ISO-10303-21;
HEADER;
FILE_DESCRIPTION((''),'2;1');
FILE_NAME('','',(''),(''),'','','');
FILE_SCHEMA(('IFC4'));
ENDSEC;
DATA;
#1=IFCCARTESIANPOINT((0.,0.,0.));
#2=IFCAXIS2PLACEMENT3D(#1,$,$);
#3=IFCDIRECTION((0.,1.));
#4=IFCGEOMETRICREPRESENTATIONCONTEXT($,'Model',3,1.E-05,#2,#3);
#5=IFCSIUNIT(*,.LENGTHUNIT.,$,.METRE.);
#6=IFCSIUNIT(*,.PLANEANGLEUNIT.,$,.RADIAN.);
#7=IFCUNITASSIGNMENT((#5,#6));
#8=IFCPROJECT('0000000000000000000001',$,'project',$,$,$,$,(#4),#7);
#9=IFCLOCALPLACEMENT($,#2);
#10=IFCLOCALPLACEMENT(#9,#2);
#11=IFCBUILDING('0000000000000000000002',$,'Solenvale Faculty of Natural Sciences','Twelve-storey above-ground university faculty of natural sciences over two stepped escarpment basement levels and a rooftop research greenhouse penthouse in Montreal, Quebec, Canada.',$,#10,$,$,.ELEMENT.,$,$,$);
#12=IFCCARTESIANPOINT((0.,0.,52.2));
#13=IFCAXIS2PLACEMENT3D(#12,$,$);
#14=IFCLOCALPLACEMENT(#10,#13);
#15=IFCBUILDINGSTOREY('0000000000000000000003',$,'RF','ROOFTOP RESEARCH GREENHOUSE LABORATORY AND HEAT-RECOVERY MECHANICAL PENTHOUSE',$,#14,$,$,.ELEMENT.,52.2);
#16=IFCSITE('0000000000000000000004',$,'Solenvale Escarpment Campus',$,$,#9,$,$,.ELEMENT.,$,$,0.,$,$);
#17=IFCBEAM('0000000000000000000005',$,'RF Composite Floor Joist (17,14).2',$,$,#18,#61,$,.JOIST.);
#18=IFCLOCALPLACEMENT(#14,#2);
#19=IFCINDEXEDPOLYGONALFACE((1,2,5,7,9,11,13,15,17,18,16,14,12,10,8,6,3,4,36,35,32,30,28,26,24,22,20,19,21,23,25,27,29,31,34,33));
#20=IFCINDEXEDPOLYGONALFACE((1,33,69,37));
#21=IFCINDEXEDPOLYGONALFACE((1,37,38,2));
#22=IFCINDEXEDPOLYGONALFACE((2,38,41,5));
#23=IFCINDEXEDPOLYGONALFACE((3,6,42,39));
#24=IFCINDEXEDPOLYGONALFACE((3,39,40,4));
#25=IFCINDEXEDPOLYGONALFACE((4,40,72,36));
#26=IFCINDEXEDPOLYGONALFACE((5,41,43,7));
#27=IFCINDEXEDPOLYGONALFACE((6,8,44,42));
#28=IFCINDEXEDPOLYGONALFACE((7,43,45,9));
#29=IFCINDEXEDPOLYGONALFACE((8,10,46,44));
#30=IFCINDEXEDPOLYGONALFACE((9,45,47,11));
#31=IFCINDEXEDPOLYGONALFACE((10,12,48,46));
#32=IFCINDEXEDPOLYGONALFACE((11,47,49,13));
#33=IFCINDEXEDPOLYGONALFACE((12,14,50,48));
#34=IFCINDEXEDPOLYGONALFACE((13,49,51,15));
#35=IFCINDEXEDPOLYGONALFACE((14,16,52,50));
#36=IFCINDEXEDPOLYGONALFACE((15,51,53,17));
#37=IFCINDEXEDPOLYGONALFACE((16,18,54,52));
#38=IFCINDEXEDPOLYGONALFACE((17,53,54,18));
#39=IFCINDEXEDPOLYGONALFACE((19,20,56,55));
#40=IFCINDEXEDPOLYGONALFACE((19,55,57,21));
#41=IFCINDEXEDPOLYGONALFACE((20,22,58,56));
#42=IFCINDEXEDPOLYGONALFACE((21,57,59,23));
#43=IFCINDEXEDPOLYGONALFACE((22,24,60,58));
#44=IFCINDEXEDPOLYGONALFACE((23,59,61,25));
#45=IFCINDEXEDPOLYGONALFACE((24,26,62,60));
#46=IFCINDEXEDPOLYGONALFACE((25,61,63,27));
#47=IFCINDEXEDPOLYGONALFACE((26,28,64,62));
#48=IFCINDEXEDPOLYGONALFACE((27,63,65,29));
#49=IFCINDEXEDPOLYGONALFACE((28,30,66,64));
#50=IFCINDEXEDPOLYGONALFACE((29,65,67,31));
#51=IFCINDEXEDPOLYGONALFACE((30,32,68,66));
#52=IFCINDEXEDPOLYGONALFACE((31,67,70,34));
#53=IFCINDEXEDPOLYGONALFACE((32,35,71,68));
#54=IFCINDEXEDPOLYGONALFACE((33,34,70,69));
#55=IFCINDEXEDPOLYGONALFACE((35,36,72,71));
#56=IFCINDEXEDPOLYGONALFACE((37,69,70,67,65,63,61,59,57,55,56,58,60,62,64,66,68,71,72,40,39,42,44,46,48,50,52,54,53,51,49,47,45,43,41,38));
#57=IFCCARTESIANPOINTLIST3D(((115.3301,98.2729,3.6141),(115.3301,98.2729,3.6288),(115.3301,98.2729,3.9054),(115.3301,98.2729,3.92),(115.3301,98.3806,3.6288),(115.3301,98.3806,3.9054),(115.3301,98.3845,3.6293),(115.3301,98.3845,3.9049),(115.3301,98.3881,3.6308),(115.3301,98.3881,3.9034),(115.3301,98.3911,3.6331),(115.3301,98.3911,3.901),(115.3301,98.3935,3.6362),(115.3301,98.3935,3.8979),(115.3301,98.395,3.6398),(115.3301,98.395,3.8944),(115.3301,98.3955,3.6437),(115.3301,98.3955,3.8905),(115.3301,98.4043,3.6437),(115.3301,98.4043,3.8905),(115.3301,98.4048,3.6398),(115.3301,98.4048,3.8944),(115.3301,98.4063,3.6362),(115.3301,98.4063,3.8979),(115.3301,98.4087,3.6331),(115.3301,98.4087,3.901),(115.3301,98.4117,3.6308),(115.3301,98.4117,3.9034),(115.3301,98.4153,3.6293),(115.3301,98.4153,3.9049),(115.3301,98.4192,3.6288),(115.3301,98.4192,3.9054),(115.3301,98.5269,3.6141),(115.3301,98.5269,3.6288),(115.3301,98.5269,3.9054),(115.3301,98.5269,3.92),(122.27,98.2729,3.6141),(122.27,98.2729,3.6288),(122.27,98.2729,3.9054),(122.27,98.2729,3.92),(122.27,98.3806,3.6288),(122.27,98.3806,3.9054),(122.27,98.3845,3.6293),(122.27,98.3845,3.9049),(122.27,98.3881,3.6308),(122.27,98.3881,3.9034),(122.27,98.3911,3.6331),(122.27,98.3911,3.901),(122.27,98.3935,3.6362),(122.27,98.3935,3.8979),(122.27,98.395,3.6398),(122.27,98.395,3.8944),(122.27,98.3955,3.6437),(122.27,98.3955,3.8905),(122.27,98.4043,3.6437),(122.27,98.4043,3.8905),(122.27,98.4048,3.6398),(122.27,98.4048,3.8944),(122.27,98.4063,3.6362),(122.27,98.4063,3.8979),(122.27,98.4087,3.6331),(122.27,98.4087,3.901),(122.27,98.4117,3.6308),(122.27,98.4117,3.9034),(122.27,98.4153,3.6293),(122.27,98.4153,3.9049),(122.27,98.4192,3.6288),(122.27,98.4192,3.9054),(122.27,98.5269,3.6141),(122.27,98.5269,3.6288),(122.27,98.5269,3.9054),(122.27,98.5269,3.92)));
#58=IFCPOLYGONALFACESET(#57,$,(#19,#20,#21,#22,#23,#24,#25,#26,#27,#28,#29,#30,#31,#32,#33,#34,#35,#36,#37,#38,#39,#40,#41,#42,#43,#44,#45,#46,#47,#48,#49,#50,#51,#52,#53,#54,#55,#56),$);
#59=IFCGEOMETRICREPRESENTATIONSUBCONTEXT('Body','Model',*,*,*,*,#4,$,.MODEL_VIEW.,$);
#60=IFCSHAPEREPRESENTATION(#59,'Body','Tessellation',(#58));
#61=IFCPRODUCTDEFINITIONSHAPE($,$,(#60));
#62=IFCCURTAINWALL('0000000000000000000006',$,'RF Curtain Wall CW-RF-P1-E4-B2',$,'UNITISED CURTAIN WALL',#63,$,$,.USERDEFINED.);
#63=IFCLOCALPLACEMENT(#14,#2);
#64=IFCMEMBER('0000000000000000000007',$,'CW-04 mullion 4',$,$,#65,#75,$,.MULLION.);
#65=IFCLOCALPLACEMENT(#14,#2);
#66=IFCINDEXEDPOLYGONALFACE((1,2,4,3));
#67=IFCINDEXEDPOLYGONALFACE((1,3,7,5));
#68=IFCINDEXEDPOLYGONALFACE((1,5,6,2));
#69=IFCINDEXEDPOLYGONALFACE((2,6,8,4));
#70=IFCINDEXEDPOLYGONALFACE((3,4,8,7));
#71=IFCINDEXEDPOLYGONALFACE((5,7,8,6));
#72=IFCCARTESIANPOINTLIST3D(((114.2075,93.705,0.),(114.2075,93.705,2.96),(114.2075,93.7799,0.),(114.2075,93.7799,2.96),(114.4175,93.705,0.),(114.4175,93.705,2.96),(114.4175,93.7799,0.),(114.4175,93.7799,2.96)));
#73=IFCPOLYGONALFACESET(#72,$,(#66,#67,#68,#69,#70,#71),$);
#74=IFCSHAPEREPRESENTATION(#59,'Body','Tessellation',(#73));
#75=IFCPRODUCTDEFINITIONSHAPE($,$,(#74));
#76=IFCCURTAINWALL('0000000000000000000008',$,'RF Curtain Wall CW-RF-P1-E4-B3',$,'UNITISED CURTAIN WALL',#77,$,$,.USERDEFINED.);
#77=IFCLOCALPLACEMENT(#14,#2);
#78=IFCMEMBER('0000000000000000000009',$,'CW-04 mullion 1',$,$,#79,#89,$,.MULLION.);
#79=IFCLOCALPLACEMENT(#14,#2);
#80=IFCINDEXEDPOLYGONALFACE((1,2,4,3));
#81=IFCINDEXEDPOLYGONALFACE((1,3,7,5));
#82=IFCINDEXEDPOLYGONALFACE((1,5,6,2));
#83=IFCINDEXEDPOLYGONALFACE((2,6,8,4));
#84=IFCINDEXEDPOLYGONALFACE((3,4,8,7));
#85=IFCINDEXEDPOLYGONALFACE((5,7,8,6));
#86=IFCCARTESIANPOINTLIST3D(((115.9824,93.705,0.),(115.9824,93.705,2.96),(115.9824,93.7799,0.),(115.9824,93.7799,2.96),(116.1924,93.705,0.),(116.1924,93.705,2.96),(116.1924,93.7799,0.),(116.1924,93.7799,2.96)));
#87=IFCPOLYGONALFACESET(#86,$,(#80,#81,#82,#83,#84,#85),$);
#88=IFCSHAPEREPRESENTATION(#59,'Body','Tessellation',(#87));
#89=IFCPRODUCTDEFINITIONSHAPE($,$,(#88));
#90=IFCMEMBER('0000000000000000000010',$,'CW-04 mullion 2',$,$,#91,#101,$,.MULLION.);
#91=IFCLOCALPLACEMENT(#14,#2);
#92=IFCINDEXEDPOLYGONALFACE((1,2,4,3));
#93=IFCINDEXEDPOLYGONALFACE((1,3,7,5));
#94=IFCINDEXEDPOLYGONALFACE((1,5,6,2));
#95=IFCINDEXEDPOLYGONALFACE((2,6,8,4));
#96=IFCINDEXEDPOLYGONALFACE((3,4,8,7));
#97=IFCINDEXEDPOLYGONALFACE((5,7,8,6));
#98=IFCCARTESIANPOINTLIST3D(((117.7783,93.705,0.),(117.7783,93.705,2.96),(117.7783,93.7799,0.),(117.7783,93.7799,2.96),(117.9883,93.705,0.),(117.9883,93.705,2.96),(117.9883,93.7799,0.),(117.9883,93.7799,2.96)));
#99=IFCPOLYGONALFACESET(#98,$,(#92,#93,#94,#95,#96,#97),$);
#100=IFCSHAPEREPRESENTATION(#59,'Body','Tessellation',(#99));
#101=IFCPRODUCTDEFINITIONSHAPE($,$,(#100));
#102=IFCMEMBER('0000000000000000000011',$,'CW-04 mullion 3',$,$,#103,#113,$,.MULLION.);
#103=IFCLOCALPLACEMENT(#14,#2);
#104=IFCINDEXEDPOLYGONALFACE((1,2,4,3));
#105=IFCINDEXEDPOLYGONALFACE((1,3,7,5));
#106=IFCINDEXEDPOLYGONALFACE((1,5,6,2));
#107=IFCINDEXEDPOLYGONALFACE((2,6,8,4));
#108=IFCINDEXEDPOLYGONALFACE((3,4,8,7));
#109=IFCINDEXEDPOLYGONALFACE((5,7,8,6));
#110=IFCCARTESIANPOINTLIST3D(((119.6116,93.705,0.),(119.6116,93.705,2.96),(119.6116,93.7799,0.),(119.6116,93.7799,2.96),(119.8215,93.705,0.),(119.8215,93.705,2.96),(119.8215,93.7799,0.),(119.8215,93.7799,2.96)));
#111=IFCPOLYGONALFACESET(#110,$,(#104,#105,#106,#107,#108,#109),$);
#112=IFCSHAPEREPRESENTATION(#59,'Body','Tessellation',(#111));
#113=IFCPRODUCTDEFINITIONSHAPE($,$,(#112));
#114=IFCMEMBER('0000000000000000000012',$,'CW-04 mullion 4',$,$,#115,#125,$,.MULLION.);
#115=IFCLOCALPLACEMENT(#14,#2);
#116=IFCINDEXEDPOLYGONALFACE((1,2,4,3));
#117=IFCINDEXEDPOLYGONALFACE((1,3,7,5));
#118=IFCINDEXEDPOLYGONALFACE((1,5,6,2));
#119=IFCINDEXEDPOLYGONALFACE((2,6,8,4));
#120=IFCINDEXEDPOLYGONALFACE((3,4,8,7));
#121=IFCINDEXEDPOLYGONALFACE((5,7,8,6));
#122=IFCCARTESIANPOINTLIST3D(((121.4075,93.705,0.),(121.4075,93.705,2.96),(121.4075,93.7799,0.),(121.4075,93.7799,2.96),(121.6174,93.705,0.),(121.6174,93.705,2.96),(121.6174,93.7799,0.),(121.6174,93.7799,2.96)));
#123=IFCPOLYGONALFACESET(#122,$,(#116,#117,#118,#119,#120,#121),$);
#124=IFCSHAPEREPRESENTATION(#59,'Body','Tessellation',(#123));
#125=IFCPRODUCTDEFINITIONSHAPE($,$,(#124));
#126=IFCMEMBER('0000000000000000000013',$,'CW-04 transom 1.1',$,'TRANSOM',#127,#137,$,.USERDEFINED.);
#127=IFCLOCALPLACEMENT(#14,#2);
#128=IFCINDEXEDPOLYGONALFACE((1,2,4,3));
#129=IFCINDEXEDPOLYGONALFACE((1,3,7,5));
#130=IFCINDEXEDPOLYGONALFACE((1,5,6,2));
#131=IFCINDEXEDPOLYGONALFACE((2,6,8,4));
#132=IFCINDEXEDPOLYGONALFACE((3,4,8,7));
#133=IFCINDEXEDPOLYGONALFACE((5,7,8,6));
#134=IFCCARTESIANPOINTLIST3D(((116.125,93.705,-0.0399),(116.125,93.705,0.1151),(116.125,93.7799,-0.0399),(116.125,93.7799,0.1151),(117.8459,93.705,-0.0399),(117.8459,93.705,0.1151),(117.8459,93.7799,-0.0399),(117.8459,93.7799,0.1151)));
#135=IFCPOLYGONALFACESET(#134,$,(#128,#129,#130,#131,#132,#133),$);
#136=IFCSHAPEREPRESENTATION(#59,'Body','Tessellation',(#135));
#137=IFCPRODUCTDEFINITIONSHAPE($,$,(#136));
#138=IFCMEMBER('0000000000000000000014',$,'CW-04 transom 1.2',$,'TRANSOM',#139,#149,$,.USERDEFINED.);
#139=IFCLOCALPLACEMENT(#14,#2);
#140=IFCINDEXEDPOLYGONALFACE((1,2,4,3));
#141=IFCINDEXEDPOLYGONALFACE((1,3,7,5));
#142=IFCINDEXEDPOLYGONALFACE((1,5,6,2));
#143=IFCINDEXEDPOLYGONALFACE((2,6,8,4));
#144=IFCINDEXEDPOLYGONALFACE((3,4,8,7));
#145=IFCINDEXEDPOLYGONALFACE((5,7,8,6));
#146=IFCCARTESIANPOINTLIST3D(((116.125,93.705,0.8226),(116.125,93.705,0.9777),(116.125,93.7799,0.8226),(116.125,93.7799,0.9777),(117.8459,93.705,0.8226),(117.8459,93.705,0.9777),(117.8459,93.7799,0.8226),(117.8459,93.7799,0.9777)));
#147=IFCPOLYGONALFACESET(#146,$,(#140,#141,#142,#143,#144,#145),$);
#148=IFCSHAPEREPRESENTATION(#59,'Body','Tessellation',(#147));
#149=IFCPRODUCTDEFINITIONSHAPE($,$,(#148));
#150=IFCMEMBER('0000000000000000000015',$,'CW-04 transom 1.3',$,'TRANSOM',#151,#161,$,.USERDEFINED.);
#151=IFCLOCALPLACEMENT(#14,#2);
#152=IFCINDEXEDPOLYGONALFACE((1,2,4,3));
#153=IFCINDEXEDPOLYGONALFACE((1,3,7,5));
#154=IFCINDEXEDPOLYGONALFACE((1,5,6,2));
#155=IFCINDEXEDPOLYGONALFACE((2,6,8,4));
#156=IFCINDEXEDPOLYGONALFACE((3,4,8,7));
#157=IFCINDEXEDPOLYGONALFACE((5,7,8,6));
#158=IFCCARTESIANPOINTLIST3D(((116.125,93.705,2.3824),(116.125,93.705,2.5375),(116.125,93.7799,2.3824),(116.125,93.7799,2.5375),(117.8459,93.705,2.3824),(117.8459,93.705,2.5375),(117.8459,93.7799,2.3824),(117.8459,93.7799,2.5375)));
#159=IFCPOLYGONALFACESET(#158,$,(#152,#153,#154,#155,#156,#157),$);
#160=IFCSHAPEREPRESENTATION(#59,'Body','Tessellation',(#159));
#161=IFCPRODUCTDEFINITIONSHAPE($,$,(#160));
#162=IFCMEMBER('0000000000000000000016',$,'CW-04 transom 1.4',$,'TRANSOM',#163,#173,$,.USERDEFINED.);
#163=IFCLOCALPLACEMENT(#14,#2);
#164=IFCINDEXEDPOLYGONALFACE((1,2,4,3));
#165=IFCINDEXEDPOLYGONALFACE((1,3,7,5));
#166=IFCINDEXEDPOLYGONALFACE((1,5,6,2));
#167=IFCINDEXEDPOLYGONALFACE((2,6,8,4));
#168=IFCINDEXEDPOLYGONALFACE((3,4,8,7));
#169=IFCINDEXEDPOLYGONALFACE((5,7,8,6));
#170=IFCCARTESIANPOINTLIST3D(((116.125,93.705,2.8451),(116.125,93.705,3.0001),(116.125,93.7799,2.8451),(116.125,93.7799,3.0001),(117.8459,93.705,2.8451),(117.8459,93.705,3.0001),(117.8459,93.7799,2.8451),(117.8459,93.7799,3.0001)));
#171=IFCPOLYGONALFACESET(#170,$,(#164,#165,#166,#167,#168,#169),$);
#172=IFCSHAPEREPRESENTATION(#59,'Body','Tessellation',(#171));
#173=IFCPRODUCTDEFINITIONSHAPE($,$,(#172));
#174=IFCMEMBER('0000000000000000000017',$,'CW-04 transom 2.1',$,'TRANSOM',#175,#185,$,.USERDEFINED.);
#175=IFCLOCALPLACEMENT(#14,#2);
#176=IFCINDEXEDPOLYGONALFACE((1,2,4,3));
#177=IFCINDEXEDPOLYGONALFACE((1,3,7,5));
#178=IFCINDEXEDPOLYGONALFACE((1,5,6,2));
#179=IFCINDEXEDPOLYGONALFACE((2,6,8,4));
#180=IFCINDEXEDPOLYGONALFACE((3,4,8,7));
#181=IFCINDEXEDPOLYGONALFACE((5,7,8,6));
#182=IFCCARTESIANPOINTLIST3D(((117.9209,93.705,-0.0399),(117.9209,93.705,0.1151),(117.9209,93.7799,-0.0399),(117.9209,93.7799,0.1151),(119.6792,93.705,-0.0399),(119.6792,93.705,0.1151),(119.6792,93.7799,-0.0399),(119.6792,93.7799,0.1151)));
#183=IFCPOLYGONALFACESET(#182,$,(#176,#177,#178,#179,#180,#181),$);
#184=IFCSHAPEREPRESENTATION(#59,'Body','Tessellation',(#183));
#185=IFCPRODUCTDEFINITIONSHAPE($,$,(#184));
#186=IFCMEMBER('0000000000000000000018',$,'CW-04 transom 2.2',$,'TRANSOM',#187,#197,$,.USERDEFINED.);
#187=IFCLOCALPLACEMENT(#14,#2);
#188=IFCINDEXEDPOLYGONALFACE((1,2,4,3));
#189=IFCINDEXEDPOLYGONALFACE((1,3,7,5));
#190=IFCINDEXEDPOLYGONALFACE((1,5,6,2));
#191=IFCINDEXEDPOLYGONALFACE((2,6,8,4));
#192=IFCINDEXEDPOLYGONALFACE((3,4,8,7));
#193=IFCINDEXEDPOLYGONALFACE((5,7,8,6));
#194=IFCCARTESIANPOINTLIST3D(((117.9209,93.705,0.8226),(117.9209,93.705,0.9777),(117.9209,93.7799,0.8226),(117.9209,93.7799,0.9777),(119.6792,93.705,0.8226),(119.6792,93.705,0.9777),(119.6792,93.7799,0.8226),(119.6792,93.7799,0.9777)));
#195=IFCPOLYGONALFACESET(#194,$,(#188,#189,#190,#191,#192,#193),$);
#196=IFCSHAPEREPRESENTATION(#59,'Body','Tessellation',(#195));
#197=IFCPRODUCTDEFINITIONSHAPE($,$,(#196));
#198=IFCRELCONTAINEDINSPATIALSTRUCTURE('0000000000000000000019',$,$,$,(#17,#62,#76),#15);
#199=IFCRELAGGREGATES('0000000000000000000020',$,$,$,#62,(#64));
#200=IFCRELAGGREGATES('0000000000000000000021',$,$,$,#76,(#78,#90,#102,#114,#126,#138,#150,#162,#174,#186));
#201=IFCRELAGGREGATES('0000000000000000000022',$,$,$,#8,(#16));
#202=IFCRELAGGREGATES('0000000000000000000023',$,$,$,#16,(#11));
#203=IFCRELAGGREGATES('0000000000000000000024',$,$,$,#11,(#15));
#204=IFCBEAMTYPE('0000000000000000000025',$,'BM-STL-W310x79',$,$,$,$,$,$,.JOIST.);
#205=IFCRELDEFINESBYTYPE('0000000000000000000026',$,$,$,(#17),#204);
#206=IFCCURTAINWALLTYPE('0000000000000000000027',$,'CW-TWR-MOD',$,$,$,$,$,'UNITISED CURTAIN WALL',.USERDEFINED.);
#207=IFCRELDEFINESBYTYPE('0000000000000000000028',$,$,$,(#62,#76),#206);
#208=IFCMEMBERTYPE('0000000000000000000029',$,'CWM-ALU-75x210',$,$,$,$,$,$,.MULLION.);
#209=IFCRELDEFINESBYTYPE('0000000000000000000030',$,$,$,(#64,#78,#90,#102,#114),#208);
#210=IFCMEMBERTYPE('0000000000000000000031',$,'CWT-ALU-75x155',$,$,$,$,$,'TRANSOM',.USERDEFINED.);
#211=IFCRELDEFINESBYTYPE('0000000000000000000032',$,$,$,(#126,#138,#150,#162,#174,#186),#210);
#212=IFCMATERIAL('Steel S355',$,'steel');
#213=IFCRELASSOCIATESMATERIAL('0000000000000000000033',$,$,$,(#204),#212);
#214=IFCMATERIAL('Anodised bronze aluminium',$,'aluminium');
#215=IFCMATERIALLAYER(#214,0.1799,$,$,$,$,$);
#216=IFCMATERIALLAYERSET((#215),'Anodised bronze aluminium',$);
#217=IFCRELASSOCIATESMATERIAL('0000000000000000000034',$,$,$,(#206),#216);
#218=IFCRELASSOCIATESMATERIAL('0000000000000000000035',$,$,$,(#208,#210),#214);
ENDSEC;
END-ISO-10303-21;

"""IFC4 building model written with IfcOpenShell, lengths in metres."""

from ifc_helpers import new_model, si_unit, direction, frame, origin, origin_2d, place, context, subcontext, project, spatial, rectangle, i_section, extrude, material, layer, layer_set, material_profile, profile_set, type_object, element, aggregate, save


model = new_model("IFC4")

# Units and contexts
model_context = context("Model", 3, precision=1e-05, world=origin(), true_north=direction((0.0, 1.0)))
body_context = subcontext(model_context, "Body", "Model", "MODEL_VIEW")
ifc_project = project(units=[si_unit("LENGTHUNIT", "METRE"), si_unit("PLANEANGLEUNIT", "RADIAN")], contexts=[model_context])

# Site, building, storey
site_placement = place(None, origin())
site = spatial("IfcSite", under=ifc_project, at=site_placement, Name="Solenvale Escarpment Campus", CompositionType="ELEMENT", RefElevation=0.0)
building_placement = place(site_placement, origin())
building = spatial("IfcBuilding", under=site, at=building_placement, Name="Solenvale Faculty of Natural Sciences", Description="Twelve-storey above-ground university faculty of natural sciences over two stepped escarpment basement levels and a rooftop research greenhouse penthouse in Montreal, Quebec, Canada.", CompositionType="ELEMENT")
storey_placement = place(building_placement, frame((0.0, 0.0, 52.2)))
storey = spatial("IfcBuildingStorey", under=building, at=storey_placement, Name="RF", Description="ROOFTOP RESEARCH GREENHOUSE LABORATORY AND HEAT-RECOVERY MECHANICAL PENTHOUSE", CompositionType="ELEMENT", Elevation=52.2)

# Beam
ifc_material_1 = material(Name="Steel S355", Category="steel")
ifc_material_profile_1 = material_profile(ifc_material_1, i_section(OverallWidth=0.2539, OverallDepth=0.3059, WebThickness=0.0088, FlangeThickness=0.0146, FilletRadius=0.0149, at=origin_2d()), Name="W310x79")
ifc_profile_set_1 = profile_set([ifc_material_profile_1], Name="Steel S355")
beam_type_1 = type_object("IfcBeamType", Name="BM-STL-W310x79", PredefinedType="JOIST", material=ifc_profile_set_1)
for number, where, z_axis, x_axis, name in (
    (1, (115.3301, 98.3999, 3.7671), (1.0, 0.0, 0.0), (0.0, 1.0, 0.0), "RF Composite Floor Joist (17,14).2"),
):
    element("IfcBeam", number, at=place(storey_placement, frame(where, z_axis=z_axis, x_axis=x_axis)), inside=storey, type_object=beam_type_1, Name=name, PredefinedType="JOIST", context=body_context, shape_type="SweptSolid", body=[
        extrude(i_section(OverallWidth=0.2539, OverallDepth=0.3059, WebThickness=0.0088, FlangeThickness=0.0146, FilletRadius=0.0149, at=origin_2d()), origin(), (0.0, 0.0, 1.0), 6.9399),
    ])

# Curtain wall, member
ifc_material_2 = material(Name="Anodised bronze aluminium", Category="aluminium")
ifc_layer_1 = layer(ifc_material_2, 0.1799)
ifc_layer_set_1 = layer_set([ifc_layer_1], Name="Anodised bronze aluminium")
curtain_wall_type = type_object("IfcCurtainWallType", Name="CW-TWR-MOD", ElementType="UNITISED CURTAIN WALL", PredefinedType="USERDEFINED", material=ifc_layer_set_1)
curtain_wall_1_placement = place(storey_placement, origin())
curtain_wall_1 = element("IfcCurtainWall", 2, at=curtain_wall_1_placement, inside=storey, type_object=curtain_wall_type, Name="RF Curtain Wall CW-RF-P1-E4-B2", ObjectType="UNITISED CURTAIN WALL", PredefinedType="USERDEFINED")
ifc_material_profile_2 = material_profile(ifc_material_2, rectangle(XDim=0.075, YDim=0.21, at=origin_2d()), Name="ALU-MUL-75x210")
ifc_profile_set_2 = profile_set([ifc_material_profile_2], Name="Anodised bronze aluminium")
member_type_1 = type_object("IfcMemberType", Name="CWM-ALU-75x210", PredefinedType="MULLION", material=ifc_profile_set_2)
member_1_placement = place(storey_placement, frame((114.3125, 93.7424, 0.0), z_axis=(0.0, 0.0, 1.0), x_axis=(0.0, 1.0, 0.0)))
member_1 = element("IfcMember", 3, at=member_1_placement, type_object=member_type_1, Name="CW-04 mullion 4", PredefinedType="MULLION", context=body_context, shape_type="SweptSolid", body=[
    extrude(rectangle(XDim=0.075, YDim=0.21, at=origin_2d()), origin(), (0.0, 0.0, 1.0), 2.96),
])

# Curtain wall, members
curtain_wall_2_placement = place(storey_placement, origin())
curtain_wall_2 = element("IfcCurtainWall", 4, at=curtain_wall_2_placement, inside=storey, type_object=curtain_wall_type, Name="RF Curtain Wall CW-RF-P1-E4-B3", ObjectType="UNITISED CURTAIN WALL", PredefinedType="USERDEFINED")
member_2_placement = place(storey_placement, frame((116.0874, 93.7424, 0.0), z_axis=(0.0, 0.0, 1.0), x_axis=(0.0, 1.0, 0.0)))
member_2 = element("IfcMember", 5, at=member_2_placement, type_object=member_type_1, Name="CW-04 mullion 1", PredefinedType="MULLION", context=body_context, shape_type="SweptSolid", body=[
    extrude(rectangle(XDim=0.075, YDim=0.21, at=origin_2d()), origin(), (0.0, 0.0, 1.0), 2.96),
])
member_3_placement = place(storey_placement, frame((117.8833, 93.7424, 0.0), z_axis=(0.0, 0.0, 1.0), x_axis=(0.0, 1.0, 0.0)))
member_3 = element("IfcMember", 6, at=member_3_placement, type_object=member_type_1, Name="CW-04 mullion 2", PredefinedType="MULLION", context=body_context, shape_type="SweptSolid", body=[
    extrude(rectangle(XDim=0.075, YDim=0.21, at=origin_2d()), origin(), (0.0, 0.0, 1.0), 2.96),
])
member_4_placement = place(storey_placement, frame((119.7166, 93.7424, 0.0), z_axis=(0.0, 0.0, 1.0), x_axis=(0.0, 1.0, 0.0)))
member_4 = element("IfcMember", 7, at=member_4_placement, type_object=member_type_1, Name="CW-04 mullion 3", PredefinedType="MULLION", context=body_context, shape_type="SweptSolid", body=[
    extrude(rectangle(XDim=0.075, YDim=0.21, at=origin_2d()), origin(), (0.0, 0.0, 1.0), 2.96),
])
member_5_placement = place(storey_placement, frame((121.5125, 93.7424, 0.0), z_axis=(0.0, 0.0, 1.0), x_axis=(0.0, 1.0, 0.0)))
member_5 = element("IfcMember", 8, at=member_5_placement, type_object=member_type_1, Name="CW-04 mullion 4", PredefinedType="MULLION", context=body_context, shape_type="SweptSolid", body=[
    extrude(rectangle(XDim=0.075, YDim=0.21, at=origin_2d()), origin(), (0.0, 0.0, 1.0), 2.96),
])
ifc_material_profile_3 = material_profile(ifc_material_2, rectangle(XDim=0.075, YDim=0.155, at=origin_2d()), Name="ALU-TRN-75x155")
ifc_profile_set_3 = profile_set([ifc_material_profile_3], Name="Anodised bronze aluminium")
member_type_2 = type_object("IfcMemberType", Name="CWT-ALU-75x155", ElementType="TRANSOM", PredefinedType="USERDEFINED", material=ifc_profile_set_3)
member_6_placement = place(storey_placement, frame((116.125, 93.7424, 0.0376), z_axis=(1.0, 0.0, 0.0), x_axis=(0.0, 1.0, 0.0)))
member_6 = element("IfcMember", 9, at=member_6_placement, type_object=member_type_2, Name="CW-04 transom 1.1", ObjectType="TRANSOM", PredefinedType="USERDEFINED", context=body_context, shape_type="SweptSolid", body=[
    extrude(rectangle(XDim=0.075, YDim=0.155, at=origin_2d()), origin(), (0.0, 0.0, 1.0), 1.7209),
])
member_7_placement = place(storey_placement, frame((116.125, 93.7424, 0.9001), z_axis=(1.0, 0.0, 0.0), x_axis=(0.0, 1.0, 0.0)))
member_7 = element("IfcMember", 10, at=member_7_placement, type_object=member_type_2, Name="CW-04 transom 1.2", ObjectType="TRANSOM", PredefinedType="USERDEFINED", context=body_context, shape_type="SweptSolid", body=[
    extrude(rectangle(XDim=0.075, YDim=0.155, at=origin_2d()), origin(), (0.0, 0.0, 1.0), 1.7209),
])
member_8_placement = place(storey_placement, frame((116.125, 93.7424, 2.46), z_axis=(1.0, 0.0, 0.0), x_axis=(0.0, 1.0, 0.0)))
member_8 = element("IfcMember", 11, at=member_8_placement, type_object=member_type_2, Name="CW-04 transom 1.3", ObjectType="TRANSOM", PredefinedType="USERDEFINED", context=body_context, shape_type="SweptSolid", body=[
    extrude(rectangle(XDim=0.075, YDim=0.155, at=origin_2d()), origin(), (0.0, 0.0, 1.0), 1.7209),
])
member_9_placement = place(storey_placement, frame((116.125, 93.7424, 2.9226), z_axis=(1.0, 0.0, 0.0), x_axis=(0.0, 1.0, 0.0)))
member_9 = element("IfcMember", 12, at=member_9_placement, type_object=member_type_2, Name="CW-04 transom 1.4", ObjectType="TRANSOM", PredefinedType="USERDEFINED", context=body_context, shape_type="SweptSolid", body=[
    extrude(rectangle(XDim=0.075, YDim=0.155, at=origin_2d()), origin(), (0.0, 0.0, 1.0), 1.7209),
])
member_10_placement = place(storey_placement, frame((117.9209, 93.7424, 0.0376), z_axis=(1.0, 0.0, 0.0), x_axis=(0.0, 1.0, 0.0)))
member_10 = element("IfcMember", 13, at=member_10_placement, type_object=member_type_2, Name="CW-04 transom 2.1", ObjectType="TRANSOM", PredefinedType="USERDEFINED", context=body_context, shape_type="SweptSolid", body=[
    extrude(rectangle(XDim=0.075, YDim=0.155, at=origin_2d()), origin(), (0.0, 0.0, 1.0), 1.7583),
])
member_11_placement = place(storey_placement, frame((117.9209, 93.7424, 0.9001), z_axis=(1.0, 0.0, 0.0), x_axis=(0.0, 1.0, 0.0)))
member_11 = element("IfcMember", 14, at=member_11_placement, type_object=member_type_2, Name="CW-04 transom 2.2", ObjectType="TRANSOM", PredefinedType="USERDEFINED", context=body_context, shape_type="SweptSolid", body=[
    extrude(rectangle(XDim=0.075, YDim=0.155, at=origin_2d()), origin(), (0.0, 0.0, 1.0), 1.7583),
])

aggregate(curtain_wall_1, [member_1])
aggregate(curtain_wall_2, [member_2, member_3, member_4, member_5, member_6, member_7, member_8, member_9, member_10, member_11])

save(model, "model.ifc")
